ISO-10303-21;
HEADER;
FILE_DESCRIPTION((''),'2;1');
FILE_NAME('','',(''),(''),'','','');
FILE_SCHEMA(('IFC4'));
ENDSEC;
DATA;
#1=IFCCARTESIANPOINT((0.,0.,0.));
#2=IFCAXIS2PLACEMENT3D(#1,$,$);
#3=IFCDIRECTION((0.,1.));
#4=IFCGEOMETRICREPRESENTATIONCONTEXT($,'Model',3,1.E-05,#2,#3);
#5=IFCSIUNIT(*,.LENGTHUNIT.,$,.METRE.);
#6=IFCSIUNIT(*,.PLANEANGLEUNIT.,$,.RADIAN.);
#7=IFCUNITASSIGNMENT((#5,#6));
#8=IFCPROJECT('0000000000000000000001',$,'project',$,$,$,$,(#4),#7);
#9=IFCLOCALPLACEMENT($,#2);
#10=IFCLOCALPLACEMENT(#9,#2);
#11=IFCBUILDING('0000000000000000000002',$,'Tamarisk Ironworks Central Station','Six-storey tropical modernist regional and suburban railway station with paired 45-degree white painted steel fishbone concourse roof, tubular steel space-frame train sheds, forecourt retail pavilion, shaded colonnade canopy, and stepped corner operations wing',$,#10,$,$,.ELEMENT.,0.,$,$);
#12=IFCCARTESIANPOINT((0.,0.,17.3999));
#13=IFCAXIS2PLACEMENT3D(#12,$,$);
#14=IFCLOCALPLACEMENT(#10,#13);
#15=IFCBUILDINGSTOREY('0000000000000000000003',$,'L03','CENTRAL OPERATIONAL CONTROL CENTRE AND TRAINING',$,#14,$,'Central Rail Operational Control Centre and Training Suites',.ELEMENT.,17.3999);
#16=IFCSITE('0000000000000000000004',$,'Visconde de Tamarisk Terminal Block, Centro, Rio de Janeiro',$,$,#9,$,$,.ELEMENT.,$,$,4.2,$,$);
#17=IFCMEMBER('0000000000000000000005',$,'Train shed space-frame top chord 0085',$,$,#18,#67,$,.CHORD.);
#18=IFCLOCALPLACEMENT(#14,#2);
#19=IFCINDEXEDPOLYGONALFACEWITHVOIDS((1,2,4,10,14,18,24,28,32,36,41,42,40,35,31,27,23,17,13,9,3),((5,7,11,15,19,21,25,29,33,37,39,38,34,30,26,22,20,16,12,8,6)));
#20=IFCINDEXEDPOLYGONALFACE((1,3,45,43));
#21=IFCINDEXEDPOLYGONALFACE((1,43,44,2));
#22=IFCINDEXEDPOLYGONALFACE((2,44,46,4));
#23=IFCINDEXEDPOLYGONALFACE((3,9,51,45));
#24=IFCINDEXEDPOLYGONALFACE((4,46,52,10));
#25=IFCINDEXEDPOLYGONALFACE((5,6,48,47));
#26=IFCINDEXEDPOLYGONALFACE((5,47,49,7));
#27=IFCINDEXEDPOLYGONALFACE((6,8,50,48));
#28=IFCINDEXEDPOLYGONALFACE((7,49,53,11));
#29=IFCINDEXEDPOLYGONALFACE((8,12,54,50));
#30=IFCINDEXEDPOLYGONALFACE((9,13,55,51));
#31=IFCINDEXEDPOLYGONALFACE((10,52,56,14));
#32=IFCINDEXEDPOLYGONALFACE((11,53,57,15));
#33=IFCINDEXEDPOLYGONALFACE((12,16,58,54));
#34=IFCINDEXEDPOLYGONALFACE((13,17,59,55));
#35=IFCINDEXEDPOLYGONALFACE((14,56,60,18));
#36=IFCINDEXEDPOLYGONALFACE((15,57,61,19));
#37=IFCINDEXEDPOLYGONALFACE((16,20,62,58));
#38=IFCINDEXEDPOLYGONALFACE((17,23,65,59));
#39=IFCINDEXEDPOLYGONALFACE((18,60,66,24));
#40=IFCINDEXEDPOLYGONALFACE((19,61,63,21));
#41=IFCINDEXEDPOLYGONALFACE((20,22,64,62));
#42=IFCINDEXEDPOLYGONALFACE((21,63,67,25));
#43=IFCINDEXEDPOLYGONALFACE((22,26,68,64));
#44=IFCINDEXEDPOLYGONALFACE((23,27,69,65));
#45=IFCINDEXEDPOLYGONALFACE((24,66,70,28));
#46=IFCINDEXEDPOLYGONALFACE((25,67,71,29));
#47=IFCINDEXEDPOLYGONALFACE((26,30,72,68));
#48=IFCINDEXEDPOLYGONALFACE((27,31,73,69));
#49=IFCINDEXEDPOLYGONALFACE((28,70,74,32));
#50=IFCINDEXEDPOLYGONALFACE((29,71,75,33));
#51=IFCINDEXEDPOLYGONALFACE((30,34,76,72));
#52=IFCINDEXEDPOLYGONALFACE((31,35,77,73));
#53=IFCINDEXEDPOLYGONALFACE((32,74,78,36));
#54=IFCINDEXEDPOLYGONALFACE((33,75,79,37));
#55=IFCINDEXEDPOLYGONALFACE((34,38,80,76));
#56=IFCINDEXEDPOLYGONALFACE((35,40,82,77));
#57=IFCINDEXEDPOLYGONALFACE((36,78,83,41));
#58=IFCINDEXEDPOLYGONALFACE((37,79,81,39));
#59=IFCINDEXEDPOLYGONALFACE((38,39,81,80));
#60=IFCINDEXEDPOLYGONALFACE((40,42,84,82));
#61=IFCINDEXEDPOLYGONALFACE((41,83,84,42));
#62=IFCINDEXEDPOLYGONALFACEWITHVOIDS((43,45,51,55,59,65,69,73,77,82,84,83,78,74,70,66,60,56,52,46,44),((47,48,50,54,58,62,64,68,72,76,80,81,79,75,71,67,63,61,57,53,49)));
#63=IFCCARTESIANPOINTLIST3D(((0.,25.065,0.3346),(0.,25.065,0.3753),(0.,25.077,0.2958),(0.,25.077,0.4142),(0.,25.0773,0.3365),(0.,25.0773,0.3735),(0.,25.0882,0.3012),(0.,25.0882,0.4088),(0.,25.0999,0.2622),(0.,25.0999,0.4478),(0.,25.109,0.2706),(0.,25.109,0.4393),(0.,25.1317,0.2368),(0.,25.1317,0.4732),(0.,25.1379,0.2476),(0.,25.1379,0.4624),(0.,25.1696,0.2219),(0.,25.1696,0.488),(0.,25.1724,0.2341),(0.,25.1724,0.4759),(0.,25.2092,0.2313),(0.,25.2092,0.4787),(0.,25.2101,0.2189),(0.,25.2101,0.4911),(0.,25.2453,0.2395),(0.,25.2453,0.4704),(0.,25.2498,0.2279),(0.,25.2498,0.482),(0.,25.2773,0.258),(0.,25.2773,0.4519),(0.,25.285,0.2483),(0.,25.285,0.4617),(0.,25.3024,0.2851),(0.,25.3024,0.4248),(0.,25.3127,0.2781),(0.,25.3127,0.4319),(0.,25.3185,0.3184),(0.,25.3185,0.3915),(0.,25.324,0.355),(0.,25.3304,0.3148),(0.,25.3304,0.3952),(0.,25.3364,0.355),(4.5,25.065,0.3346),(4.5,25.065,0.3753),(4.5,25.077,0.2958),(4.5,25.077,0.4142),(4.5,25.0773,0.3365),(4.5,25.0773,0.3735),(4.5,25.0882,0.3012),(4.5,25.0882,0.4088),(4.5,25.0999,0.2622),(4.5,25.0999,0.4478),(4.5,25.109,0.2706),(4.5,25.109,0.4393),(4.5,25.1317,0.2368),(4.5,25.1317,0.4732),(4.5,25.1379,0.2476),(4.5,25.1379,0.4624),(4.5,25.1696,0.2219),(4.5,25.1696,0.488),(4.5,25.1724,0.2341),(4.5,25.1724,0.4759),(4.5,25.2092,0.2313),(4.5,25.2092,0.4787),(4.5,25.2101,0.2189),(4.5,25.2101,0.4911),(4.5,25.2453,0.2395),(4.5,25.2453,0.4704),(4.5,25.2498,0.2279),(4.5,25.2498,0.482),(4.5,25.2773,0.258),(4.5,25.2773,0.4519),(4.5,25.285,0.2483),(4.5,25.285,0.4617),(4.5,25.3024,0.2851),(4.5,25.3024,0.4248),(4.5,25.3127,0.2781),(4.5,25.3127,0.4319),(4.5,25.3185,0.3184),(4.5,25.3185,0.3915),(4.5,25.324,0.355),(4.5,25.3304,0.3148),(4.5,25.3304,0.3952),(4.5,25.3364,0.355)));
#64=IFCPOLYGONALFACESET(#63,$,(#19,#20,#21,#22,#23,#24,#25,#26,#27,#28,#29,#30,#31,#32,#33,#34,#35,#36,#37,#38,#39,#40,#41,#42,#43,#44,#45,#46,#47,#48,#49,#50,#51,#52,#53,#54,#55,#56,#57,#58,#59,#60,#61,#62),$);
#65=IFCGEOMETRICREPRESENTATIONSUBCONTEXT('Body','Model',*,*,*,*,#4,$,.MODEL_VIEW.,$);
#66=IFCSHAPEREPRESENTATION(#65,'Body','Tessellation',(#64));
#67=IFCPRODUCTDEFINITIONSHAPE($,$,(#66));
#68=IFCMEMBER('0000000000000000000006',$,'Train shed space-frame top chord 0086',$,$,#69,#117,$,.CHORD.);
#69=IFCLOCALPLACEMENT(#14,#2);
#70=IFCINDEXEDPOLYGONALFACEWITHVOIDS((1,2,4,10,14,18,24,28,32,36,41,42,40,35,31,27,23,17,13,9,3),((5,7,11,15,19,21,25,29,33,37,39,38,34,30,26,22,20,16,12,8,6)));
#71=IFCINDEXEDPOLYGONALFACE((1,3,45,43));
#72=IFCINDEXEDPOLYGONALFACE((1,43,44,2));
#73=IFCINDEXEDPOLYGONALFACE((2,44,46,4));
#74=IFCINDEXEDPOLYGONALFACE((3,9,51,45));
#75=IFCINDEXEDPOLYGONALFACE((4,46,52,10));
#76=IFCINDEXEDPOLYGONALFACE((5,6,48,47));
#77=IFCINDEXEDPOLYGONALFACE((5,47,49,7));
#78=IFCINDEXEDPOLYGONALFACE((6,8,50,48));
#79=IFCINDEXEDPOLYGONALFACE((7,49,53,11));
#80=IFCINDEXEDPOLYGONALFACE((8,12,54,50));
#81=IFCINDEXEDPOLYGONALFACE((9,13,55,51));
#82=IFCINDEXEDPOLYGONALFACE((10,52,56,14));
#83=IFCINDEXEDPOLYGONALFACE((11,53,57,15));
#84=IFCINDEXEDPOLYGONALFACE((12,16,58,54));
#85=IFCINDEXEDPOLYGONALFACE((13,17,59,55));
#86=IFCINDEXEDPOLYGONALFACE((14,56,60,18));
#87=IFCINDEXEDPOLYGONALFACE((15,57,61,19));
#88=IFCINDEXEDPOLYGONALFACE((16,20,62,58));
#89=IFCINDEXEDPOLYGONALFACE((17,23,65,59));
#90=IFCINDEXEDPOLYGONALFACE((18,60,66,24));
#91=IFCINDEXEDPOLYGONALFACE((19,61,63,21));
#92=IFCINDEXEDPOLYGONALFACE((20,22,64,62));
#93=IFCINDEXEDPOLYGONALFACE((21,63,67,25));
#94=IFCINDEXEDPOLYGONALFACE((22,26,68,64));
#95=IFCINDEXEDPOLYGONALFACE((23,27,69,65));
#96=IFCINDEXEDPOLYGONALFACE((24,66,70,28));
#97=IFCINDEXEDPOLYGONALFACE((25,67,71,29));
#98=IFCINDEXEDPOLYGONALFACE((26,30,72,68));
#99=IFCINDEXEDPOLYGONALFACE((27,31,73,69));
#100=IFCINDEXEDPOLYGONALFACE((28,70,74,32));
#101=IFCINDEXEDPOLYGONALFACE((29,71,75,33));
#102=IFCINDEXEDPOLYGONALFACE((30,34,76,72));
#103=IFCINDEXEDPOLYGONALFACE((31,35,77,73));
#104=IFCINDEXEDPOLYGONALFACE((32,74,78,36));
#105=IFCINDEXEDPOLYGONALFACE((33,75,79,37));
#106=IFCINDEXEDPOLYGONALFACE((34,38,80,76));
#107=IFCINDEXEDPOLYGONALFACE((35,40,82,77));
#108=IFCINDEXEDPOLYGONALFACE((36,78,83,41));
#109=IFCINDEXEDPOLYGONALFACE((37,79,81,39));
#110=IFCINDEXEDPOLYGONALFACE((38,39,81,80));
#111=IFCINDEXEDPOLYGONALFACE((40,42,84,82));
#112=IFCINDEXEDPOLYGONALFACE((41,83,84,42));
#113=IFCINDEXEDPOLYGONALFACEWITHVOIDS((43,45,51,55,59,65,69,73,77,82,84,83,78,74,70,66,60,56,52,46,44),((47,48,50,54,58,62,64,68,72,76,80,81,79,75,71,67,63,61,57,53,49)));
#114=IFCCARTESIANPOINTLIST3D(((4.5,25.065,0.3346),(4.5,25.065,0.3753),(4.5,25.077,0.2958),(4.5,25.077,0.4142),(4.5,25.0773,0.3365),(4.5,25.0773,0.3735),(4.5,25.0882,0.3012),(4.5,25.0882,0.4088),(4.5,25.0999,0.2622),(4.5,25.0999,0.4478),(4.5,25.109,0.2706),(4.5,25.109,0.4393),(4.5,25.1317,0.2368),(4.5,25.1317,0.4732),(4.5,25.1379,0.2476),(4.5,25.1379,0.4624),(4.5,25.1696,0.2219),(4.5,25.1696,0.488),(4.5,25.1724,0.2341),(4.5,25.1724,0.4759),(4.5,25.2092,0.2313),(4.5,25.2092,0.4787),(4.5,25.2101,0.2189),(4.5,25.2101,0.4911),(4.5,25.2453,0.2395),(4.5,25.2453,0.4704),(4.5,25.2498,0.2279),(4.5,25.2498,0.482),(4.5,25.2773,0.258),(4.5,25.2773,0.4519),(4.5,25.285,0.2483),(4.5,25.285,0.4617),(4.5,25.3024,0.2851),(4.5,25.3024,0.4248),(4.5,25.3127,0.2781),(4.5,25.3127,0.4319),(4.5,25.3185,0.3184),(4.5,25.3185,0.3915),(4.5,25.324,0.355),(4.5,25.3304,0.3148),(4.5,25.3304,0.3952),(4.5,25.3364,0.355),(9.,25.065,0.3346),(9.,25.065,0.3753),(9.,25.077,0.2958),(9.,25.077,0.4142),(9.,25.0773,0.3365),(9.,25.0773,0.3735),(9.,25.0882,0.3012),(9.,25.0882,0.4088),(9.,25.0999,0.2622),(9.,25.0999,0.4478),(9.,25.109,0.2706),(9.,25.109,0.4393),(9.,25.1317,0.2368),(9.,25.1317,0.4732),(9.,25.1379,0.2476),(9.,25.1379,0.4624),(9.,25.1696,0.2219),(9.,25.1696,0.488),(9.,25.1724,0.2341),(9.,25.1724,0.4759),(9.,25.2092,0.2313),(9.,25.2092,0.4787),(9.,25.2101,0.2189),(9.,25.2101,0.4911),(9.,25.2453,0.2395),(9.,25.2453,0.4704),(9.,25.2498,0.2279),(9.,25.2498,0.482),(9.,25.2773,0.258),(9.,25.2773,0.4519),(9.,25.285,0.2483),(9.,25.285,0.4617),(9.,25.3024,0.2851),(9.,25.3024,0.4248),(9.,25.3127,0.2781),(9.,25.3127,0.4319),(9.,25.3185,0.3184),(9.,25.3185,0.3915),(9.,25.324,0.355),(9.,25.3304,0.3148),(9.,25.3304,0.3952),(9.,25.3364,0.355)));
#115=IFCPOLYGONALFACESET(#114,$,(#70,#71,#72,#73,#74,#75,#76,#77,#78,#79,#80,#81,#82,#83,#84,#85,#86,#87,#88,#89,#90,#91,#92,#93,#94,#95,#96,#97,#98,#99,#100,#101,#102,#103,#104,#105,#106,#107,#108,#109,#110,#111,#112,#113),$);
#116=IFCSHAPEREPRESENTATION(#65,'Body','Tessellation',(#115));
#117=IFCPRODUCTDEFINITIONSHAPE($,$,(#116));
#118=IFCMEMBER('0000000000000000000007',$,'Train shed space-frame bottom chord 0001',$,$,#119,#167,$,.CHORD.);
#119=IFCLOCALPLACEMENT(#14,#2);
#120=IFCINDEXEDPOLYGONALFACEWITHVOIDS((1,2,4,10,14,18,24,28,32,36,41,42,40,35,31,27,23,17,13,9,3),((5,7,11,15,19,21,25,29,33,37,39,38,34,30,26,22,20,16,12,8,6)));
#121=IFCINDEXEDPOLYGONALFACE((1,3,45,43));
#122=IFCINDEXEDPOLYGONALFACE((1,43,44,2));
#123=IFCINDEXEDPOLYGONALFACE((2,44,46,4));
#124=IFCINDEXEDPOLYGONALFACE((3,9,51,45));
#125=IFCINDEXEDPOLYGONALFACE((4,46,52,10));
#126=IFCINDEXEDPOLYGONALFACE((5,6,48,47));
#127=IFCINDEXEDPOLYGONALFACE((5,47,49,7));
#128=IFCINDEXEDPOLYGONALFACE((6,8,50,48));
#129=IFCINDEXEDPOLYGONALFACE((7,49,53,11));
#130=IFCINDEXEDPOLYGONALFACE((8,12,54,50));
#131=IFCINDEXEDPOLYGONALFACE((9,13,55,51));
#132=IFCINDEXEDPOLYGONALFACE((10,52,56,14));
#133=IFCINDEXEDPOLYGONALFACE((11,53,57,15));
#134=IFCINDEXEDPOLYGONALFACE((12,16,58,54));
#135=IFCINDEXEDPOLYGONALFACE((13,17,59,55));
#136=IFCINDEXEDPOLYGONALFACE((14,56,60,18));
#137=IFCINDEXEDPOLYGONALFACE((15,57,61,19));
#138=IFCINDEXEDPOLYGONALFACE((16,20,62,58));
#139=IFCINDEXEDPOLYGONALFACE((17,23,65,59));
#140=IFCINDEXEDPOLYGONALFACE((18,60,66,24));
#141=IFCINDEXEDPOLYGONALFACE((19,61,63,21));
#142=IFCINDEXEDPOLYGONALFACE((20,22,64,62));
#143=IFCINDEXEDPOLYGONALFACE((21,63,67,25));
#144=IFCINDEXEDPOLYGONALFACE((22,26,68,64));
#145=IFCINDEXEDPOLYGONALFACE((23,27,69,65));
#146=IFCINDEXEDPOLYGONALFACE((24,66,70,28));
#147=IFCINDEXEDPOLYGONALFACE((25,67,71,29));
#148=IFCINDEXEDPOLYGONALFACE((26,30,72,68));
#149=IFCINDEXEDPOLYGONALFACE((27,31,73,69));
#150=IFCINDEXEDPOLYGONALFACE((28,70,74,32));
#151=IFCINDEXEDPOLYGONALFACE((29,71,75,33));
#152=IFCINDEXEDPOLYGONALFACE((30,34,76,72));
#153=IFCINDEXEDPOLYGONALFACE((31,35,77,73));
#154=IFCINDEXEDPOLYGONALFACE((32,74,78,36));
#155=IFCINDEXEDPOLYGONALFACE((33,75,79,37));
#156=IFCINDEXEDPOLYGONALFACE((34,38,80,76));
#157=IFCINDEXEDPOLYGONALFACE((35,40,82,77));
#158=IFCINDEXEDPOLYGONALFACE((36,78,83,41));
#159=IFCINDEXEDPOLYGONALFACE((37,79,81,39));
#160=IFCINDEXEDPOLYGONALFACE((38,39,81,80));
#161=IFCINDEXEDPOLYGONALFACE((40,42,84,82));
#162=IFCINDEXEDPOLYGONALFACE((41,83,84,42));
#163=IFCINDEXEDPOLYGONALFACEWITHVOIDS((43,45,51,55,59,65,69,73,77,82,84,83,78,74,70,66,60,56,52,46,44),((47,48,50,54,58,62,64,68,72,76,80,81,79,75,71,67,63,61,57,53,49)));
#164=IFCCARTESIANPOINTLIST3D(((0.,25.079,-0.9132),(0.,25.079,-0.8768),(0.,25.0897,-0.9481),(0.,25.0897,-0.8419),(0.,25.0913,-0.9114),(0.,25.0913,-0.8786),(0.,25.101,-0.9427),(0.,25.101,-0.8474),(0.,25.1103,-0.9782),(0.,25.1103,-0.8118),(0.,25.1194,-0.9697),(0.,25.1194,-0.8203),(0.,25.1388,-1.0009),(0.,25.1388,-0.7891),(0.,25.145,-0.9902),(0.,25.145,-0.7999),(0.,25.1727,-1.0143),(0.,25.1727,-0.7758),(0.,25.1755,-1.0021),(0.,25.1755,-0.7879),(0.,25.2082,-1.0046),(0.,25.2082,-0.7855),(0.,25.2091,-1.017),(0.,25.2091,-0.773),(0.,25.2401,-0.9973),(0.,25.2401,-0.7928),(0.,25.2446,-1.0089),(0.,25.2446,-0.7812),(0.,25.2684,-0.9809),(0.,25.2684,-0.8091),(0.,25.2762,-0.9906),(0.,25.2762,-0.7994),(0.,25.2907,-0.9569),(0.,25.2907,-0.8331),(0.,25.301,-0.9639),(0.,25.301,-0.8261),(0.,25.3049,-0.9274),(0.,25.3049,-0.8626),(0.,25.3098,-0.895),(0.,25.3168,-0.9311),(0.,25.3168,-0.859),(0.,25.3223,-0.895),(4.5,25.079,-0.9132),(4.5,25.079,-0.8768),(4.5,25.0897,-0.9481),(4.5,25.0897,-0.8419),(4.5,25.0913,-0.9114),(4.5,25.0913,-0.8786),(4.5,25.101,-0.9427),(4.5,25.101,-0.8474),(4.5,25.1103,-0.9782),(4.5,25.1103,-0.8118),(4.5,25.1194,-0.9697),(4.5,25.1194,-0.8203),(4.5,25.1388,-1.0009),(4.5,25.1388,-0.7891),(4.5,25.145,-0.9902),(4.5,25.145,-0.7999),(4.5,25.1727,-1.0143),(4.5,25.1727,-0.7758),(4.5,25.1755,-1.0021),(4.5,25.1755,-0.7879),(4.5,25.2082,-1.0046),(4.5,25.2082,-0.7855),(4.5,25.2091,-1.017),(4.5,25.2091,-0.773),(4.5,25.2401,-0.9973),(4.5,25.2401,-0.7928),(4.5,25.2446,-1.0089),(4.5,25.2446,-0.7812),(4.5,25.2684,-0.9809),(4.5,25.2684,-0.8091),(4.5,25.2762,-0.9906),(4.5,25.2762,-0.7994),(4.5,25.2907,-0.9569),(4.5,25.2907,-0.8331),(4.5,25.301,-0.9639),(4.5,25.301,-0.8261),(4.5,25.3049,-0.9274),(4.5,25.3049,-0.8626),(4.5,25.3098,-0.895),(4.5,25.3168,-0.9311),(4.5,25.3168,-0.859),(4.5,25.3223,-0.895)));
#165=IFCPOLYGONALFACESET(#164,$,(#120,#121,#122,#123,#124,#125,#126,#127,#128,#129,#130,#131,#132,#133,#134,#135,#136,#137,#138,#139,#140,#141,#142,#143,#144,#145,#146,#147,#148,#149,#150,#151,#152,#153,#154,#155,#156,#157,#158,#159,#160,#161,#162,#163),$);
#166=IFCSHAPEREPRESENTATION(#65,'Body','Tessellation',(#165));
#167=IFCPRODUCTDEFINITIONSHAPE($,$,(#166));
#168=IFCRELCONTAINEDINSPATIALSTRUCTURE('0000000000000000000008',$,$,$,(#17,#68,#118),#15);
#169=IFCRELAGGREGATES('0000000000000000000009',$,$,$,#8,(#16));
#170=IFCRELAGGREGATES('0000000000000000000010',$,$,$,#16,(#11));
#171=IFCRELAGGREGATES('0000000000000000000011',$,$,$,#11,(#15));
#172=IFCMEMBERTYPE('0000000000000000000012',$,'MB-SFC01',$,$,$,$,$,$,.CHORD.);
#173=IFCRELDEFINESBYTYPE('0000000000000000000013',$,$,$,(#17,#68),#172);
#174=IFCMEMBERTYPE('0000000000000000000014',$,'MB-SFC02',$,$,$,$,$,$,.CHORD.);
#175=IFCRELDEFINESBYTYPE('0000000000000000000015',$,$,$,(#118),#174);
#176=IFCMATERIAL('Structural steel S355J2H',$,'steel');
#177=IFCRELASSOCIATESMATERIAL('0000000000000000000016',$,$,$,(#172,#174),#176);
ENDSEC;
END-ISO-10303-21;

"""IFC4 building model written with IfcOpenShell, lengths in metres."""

from ifc_helpers import new_model, si_unit, direction, frame, origin, origin_2d, place, context, subcontext, project, spatial, hollow_circle, extrude, material, material_profile, profile_set, type_object, element, save


model = new_model("IFC4")

# Units and contexts
model_context = context("Model", 3, precision=1e-05, world=origin(), true_north=direction((0.0, 1.0)))
body_context = subcontext(model_context, "Body", "Model", "MODEL_VIEW")
ifc_project = project(units=[si_unit("LENGTHUNIT", "METRE"), si_unit("PLANEANGLEUNIT", "RADIAN")], contexts=[model_context])

# Site, building, storey
site_placement = place(None, origin())
site = spatial("IfcSite", under=ifc_project, at=site_placement, Name="Visconde de Tamarisk Terminal Block, Centro, Rio de Janeiro", CompositionType="ELEMENT", RefElevation=4.2)
building_placement = place(site_placement, origin())
building = spatial("IfcBuilding", under=site, at=building_placement, Name="Tamarisk Ironworks Central Station", Description="Six-storey tropical modernist regional and suburban railway station with paired 45-degree white painted steel fishbone concourse roof, tubular steel space-frame train sheds, forecourt retail pavilion, shaded colonnade canopy, and stepped corner operations wing", CompositionType="ELEMENT", ElevationOfRefHeight=0.0)
storey_placement = place(building_placement, frame((0.0, 0.0, 17.3999)))
storey = spatial("IfcBuildingStorey", under=building, at=storey_placement, Name="L03", Description="CENTRAL OPERATIONAL CONTROL CENTRE AND TRAINING", LongName="Central Rail Operational Control Centre and Training Suites", CompositionType="ELEMENT", Elevation=17.3999)

# Members
ifc_material_1 = material(Name="Structural steel S355J2H", Category="steel")
ifc_material_profile_1 = material_profile(ifc_material_1, hollow_circle(Radius=0.1365, WallThickness=0.0125, at=origin_2d()), Name="CHS 273x12.5")
ifc_profile_set_1 = profile_set([ifc_material_profile_1], Name="Structural steel S355J2H")
member_type_1 = type_object("IfcMemberType", Name="MB-SFC01", PredefinedType="CHORD", material=ifc_profile_set_1)
for number, where, z_axis, x_axis, name in (
    (1, (0.0, 25.2, 0.355), (1.0, 0.0, 0.0), (0.0, 1.0, 0.0), "Train shed space-frame top chord 0085"),
    (2, (4.5, 25.2, 0.355), (1.0, 0.0, 0.0), (0.0, 1.0, 0.0), "Train shed space-frame top chord 0086"),
):
    element("IfcMember", number, at=place(storey_placement, frame(where, z_axis=z_axis, x_axis=x_axis)), inside=storey, type_object=member_type_1, Name=name, PredefinedType="CHORD", context=body_context, shape_type="SweptSolid", body=[
        extrude(hollow_circle(Radius=0.1365, WallThickness=0.0125, at=origin_2d()), origin(), (0.0, 0.0, 1.0), 4.5),
    ])
ifc_material_profile_2 = material_profile(ifc_material_1, hollow_circle(Radius=0.1223, WallThickness=0.0125, at=origin_2d()), Name="CHS 244.5x12.5")
ifc_profile_set_2 = profile_set([ifc_material_profile_2], Name="Structural steel S355J2H")
member_type_2 = type_object("IfcMemberType", Name="MB-SFC02", PredefinedType="CHORD", material=ifc_profile_set_2)
for number, where, z_axis, x_axis, name in (
    (3, (0.0, 25.2, -0.895), (1.0, 0.0, 0.0), (0.0, 1.0, 0.0), "Train shed space-frame bottom chord 0001"),
):
    element("IfcMember", number, at=place(storey_placement, frame(where, z_axis=z_axis, x_axis=x_axis)), inside=storey, type_object=member_type_2, Name=name, PredefinedType="CHORD", context=body_context, shape_type="SweptSolid", body=[
        extrude(hollow_circle(Radius=0.1223, WallThickness=0.0125, at=origin_2d()), origin(), (0.0, 0.0, 1.0), 4.5),
    ])

save(model, "model.ifc")
